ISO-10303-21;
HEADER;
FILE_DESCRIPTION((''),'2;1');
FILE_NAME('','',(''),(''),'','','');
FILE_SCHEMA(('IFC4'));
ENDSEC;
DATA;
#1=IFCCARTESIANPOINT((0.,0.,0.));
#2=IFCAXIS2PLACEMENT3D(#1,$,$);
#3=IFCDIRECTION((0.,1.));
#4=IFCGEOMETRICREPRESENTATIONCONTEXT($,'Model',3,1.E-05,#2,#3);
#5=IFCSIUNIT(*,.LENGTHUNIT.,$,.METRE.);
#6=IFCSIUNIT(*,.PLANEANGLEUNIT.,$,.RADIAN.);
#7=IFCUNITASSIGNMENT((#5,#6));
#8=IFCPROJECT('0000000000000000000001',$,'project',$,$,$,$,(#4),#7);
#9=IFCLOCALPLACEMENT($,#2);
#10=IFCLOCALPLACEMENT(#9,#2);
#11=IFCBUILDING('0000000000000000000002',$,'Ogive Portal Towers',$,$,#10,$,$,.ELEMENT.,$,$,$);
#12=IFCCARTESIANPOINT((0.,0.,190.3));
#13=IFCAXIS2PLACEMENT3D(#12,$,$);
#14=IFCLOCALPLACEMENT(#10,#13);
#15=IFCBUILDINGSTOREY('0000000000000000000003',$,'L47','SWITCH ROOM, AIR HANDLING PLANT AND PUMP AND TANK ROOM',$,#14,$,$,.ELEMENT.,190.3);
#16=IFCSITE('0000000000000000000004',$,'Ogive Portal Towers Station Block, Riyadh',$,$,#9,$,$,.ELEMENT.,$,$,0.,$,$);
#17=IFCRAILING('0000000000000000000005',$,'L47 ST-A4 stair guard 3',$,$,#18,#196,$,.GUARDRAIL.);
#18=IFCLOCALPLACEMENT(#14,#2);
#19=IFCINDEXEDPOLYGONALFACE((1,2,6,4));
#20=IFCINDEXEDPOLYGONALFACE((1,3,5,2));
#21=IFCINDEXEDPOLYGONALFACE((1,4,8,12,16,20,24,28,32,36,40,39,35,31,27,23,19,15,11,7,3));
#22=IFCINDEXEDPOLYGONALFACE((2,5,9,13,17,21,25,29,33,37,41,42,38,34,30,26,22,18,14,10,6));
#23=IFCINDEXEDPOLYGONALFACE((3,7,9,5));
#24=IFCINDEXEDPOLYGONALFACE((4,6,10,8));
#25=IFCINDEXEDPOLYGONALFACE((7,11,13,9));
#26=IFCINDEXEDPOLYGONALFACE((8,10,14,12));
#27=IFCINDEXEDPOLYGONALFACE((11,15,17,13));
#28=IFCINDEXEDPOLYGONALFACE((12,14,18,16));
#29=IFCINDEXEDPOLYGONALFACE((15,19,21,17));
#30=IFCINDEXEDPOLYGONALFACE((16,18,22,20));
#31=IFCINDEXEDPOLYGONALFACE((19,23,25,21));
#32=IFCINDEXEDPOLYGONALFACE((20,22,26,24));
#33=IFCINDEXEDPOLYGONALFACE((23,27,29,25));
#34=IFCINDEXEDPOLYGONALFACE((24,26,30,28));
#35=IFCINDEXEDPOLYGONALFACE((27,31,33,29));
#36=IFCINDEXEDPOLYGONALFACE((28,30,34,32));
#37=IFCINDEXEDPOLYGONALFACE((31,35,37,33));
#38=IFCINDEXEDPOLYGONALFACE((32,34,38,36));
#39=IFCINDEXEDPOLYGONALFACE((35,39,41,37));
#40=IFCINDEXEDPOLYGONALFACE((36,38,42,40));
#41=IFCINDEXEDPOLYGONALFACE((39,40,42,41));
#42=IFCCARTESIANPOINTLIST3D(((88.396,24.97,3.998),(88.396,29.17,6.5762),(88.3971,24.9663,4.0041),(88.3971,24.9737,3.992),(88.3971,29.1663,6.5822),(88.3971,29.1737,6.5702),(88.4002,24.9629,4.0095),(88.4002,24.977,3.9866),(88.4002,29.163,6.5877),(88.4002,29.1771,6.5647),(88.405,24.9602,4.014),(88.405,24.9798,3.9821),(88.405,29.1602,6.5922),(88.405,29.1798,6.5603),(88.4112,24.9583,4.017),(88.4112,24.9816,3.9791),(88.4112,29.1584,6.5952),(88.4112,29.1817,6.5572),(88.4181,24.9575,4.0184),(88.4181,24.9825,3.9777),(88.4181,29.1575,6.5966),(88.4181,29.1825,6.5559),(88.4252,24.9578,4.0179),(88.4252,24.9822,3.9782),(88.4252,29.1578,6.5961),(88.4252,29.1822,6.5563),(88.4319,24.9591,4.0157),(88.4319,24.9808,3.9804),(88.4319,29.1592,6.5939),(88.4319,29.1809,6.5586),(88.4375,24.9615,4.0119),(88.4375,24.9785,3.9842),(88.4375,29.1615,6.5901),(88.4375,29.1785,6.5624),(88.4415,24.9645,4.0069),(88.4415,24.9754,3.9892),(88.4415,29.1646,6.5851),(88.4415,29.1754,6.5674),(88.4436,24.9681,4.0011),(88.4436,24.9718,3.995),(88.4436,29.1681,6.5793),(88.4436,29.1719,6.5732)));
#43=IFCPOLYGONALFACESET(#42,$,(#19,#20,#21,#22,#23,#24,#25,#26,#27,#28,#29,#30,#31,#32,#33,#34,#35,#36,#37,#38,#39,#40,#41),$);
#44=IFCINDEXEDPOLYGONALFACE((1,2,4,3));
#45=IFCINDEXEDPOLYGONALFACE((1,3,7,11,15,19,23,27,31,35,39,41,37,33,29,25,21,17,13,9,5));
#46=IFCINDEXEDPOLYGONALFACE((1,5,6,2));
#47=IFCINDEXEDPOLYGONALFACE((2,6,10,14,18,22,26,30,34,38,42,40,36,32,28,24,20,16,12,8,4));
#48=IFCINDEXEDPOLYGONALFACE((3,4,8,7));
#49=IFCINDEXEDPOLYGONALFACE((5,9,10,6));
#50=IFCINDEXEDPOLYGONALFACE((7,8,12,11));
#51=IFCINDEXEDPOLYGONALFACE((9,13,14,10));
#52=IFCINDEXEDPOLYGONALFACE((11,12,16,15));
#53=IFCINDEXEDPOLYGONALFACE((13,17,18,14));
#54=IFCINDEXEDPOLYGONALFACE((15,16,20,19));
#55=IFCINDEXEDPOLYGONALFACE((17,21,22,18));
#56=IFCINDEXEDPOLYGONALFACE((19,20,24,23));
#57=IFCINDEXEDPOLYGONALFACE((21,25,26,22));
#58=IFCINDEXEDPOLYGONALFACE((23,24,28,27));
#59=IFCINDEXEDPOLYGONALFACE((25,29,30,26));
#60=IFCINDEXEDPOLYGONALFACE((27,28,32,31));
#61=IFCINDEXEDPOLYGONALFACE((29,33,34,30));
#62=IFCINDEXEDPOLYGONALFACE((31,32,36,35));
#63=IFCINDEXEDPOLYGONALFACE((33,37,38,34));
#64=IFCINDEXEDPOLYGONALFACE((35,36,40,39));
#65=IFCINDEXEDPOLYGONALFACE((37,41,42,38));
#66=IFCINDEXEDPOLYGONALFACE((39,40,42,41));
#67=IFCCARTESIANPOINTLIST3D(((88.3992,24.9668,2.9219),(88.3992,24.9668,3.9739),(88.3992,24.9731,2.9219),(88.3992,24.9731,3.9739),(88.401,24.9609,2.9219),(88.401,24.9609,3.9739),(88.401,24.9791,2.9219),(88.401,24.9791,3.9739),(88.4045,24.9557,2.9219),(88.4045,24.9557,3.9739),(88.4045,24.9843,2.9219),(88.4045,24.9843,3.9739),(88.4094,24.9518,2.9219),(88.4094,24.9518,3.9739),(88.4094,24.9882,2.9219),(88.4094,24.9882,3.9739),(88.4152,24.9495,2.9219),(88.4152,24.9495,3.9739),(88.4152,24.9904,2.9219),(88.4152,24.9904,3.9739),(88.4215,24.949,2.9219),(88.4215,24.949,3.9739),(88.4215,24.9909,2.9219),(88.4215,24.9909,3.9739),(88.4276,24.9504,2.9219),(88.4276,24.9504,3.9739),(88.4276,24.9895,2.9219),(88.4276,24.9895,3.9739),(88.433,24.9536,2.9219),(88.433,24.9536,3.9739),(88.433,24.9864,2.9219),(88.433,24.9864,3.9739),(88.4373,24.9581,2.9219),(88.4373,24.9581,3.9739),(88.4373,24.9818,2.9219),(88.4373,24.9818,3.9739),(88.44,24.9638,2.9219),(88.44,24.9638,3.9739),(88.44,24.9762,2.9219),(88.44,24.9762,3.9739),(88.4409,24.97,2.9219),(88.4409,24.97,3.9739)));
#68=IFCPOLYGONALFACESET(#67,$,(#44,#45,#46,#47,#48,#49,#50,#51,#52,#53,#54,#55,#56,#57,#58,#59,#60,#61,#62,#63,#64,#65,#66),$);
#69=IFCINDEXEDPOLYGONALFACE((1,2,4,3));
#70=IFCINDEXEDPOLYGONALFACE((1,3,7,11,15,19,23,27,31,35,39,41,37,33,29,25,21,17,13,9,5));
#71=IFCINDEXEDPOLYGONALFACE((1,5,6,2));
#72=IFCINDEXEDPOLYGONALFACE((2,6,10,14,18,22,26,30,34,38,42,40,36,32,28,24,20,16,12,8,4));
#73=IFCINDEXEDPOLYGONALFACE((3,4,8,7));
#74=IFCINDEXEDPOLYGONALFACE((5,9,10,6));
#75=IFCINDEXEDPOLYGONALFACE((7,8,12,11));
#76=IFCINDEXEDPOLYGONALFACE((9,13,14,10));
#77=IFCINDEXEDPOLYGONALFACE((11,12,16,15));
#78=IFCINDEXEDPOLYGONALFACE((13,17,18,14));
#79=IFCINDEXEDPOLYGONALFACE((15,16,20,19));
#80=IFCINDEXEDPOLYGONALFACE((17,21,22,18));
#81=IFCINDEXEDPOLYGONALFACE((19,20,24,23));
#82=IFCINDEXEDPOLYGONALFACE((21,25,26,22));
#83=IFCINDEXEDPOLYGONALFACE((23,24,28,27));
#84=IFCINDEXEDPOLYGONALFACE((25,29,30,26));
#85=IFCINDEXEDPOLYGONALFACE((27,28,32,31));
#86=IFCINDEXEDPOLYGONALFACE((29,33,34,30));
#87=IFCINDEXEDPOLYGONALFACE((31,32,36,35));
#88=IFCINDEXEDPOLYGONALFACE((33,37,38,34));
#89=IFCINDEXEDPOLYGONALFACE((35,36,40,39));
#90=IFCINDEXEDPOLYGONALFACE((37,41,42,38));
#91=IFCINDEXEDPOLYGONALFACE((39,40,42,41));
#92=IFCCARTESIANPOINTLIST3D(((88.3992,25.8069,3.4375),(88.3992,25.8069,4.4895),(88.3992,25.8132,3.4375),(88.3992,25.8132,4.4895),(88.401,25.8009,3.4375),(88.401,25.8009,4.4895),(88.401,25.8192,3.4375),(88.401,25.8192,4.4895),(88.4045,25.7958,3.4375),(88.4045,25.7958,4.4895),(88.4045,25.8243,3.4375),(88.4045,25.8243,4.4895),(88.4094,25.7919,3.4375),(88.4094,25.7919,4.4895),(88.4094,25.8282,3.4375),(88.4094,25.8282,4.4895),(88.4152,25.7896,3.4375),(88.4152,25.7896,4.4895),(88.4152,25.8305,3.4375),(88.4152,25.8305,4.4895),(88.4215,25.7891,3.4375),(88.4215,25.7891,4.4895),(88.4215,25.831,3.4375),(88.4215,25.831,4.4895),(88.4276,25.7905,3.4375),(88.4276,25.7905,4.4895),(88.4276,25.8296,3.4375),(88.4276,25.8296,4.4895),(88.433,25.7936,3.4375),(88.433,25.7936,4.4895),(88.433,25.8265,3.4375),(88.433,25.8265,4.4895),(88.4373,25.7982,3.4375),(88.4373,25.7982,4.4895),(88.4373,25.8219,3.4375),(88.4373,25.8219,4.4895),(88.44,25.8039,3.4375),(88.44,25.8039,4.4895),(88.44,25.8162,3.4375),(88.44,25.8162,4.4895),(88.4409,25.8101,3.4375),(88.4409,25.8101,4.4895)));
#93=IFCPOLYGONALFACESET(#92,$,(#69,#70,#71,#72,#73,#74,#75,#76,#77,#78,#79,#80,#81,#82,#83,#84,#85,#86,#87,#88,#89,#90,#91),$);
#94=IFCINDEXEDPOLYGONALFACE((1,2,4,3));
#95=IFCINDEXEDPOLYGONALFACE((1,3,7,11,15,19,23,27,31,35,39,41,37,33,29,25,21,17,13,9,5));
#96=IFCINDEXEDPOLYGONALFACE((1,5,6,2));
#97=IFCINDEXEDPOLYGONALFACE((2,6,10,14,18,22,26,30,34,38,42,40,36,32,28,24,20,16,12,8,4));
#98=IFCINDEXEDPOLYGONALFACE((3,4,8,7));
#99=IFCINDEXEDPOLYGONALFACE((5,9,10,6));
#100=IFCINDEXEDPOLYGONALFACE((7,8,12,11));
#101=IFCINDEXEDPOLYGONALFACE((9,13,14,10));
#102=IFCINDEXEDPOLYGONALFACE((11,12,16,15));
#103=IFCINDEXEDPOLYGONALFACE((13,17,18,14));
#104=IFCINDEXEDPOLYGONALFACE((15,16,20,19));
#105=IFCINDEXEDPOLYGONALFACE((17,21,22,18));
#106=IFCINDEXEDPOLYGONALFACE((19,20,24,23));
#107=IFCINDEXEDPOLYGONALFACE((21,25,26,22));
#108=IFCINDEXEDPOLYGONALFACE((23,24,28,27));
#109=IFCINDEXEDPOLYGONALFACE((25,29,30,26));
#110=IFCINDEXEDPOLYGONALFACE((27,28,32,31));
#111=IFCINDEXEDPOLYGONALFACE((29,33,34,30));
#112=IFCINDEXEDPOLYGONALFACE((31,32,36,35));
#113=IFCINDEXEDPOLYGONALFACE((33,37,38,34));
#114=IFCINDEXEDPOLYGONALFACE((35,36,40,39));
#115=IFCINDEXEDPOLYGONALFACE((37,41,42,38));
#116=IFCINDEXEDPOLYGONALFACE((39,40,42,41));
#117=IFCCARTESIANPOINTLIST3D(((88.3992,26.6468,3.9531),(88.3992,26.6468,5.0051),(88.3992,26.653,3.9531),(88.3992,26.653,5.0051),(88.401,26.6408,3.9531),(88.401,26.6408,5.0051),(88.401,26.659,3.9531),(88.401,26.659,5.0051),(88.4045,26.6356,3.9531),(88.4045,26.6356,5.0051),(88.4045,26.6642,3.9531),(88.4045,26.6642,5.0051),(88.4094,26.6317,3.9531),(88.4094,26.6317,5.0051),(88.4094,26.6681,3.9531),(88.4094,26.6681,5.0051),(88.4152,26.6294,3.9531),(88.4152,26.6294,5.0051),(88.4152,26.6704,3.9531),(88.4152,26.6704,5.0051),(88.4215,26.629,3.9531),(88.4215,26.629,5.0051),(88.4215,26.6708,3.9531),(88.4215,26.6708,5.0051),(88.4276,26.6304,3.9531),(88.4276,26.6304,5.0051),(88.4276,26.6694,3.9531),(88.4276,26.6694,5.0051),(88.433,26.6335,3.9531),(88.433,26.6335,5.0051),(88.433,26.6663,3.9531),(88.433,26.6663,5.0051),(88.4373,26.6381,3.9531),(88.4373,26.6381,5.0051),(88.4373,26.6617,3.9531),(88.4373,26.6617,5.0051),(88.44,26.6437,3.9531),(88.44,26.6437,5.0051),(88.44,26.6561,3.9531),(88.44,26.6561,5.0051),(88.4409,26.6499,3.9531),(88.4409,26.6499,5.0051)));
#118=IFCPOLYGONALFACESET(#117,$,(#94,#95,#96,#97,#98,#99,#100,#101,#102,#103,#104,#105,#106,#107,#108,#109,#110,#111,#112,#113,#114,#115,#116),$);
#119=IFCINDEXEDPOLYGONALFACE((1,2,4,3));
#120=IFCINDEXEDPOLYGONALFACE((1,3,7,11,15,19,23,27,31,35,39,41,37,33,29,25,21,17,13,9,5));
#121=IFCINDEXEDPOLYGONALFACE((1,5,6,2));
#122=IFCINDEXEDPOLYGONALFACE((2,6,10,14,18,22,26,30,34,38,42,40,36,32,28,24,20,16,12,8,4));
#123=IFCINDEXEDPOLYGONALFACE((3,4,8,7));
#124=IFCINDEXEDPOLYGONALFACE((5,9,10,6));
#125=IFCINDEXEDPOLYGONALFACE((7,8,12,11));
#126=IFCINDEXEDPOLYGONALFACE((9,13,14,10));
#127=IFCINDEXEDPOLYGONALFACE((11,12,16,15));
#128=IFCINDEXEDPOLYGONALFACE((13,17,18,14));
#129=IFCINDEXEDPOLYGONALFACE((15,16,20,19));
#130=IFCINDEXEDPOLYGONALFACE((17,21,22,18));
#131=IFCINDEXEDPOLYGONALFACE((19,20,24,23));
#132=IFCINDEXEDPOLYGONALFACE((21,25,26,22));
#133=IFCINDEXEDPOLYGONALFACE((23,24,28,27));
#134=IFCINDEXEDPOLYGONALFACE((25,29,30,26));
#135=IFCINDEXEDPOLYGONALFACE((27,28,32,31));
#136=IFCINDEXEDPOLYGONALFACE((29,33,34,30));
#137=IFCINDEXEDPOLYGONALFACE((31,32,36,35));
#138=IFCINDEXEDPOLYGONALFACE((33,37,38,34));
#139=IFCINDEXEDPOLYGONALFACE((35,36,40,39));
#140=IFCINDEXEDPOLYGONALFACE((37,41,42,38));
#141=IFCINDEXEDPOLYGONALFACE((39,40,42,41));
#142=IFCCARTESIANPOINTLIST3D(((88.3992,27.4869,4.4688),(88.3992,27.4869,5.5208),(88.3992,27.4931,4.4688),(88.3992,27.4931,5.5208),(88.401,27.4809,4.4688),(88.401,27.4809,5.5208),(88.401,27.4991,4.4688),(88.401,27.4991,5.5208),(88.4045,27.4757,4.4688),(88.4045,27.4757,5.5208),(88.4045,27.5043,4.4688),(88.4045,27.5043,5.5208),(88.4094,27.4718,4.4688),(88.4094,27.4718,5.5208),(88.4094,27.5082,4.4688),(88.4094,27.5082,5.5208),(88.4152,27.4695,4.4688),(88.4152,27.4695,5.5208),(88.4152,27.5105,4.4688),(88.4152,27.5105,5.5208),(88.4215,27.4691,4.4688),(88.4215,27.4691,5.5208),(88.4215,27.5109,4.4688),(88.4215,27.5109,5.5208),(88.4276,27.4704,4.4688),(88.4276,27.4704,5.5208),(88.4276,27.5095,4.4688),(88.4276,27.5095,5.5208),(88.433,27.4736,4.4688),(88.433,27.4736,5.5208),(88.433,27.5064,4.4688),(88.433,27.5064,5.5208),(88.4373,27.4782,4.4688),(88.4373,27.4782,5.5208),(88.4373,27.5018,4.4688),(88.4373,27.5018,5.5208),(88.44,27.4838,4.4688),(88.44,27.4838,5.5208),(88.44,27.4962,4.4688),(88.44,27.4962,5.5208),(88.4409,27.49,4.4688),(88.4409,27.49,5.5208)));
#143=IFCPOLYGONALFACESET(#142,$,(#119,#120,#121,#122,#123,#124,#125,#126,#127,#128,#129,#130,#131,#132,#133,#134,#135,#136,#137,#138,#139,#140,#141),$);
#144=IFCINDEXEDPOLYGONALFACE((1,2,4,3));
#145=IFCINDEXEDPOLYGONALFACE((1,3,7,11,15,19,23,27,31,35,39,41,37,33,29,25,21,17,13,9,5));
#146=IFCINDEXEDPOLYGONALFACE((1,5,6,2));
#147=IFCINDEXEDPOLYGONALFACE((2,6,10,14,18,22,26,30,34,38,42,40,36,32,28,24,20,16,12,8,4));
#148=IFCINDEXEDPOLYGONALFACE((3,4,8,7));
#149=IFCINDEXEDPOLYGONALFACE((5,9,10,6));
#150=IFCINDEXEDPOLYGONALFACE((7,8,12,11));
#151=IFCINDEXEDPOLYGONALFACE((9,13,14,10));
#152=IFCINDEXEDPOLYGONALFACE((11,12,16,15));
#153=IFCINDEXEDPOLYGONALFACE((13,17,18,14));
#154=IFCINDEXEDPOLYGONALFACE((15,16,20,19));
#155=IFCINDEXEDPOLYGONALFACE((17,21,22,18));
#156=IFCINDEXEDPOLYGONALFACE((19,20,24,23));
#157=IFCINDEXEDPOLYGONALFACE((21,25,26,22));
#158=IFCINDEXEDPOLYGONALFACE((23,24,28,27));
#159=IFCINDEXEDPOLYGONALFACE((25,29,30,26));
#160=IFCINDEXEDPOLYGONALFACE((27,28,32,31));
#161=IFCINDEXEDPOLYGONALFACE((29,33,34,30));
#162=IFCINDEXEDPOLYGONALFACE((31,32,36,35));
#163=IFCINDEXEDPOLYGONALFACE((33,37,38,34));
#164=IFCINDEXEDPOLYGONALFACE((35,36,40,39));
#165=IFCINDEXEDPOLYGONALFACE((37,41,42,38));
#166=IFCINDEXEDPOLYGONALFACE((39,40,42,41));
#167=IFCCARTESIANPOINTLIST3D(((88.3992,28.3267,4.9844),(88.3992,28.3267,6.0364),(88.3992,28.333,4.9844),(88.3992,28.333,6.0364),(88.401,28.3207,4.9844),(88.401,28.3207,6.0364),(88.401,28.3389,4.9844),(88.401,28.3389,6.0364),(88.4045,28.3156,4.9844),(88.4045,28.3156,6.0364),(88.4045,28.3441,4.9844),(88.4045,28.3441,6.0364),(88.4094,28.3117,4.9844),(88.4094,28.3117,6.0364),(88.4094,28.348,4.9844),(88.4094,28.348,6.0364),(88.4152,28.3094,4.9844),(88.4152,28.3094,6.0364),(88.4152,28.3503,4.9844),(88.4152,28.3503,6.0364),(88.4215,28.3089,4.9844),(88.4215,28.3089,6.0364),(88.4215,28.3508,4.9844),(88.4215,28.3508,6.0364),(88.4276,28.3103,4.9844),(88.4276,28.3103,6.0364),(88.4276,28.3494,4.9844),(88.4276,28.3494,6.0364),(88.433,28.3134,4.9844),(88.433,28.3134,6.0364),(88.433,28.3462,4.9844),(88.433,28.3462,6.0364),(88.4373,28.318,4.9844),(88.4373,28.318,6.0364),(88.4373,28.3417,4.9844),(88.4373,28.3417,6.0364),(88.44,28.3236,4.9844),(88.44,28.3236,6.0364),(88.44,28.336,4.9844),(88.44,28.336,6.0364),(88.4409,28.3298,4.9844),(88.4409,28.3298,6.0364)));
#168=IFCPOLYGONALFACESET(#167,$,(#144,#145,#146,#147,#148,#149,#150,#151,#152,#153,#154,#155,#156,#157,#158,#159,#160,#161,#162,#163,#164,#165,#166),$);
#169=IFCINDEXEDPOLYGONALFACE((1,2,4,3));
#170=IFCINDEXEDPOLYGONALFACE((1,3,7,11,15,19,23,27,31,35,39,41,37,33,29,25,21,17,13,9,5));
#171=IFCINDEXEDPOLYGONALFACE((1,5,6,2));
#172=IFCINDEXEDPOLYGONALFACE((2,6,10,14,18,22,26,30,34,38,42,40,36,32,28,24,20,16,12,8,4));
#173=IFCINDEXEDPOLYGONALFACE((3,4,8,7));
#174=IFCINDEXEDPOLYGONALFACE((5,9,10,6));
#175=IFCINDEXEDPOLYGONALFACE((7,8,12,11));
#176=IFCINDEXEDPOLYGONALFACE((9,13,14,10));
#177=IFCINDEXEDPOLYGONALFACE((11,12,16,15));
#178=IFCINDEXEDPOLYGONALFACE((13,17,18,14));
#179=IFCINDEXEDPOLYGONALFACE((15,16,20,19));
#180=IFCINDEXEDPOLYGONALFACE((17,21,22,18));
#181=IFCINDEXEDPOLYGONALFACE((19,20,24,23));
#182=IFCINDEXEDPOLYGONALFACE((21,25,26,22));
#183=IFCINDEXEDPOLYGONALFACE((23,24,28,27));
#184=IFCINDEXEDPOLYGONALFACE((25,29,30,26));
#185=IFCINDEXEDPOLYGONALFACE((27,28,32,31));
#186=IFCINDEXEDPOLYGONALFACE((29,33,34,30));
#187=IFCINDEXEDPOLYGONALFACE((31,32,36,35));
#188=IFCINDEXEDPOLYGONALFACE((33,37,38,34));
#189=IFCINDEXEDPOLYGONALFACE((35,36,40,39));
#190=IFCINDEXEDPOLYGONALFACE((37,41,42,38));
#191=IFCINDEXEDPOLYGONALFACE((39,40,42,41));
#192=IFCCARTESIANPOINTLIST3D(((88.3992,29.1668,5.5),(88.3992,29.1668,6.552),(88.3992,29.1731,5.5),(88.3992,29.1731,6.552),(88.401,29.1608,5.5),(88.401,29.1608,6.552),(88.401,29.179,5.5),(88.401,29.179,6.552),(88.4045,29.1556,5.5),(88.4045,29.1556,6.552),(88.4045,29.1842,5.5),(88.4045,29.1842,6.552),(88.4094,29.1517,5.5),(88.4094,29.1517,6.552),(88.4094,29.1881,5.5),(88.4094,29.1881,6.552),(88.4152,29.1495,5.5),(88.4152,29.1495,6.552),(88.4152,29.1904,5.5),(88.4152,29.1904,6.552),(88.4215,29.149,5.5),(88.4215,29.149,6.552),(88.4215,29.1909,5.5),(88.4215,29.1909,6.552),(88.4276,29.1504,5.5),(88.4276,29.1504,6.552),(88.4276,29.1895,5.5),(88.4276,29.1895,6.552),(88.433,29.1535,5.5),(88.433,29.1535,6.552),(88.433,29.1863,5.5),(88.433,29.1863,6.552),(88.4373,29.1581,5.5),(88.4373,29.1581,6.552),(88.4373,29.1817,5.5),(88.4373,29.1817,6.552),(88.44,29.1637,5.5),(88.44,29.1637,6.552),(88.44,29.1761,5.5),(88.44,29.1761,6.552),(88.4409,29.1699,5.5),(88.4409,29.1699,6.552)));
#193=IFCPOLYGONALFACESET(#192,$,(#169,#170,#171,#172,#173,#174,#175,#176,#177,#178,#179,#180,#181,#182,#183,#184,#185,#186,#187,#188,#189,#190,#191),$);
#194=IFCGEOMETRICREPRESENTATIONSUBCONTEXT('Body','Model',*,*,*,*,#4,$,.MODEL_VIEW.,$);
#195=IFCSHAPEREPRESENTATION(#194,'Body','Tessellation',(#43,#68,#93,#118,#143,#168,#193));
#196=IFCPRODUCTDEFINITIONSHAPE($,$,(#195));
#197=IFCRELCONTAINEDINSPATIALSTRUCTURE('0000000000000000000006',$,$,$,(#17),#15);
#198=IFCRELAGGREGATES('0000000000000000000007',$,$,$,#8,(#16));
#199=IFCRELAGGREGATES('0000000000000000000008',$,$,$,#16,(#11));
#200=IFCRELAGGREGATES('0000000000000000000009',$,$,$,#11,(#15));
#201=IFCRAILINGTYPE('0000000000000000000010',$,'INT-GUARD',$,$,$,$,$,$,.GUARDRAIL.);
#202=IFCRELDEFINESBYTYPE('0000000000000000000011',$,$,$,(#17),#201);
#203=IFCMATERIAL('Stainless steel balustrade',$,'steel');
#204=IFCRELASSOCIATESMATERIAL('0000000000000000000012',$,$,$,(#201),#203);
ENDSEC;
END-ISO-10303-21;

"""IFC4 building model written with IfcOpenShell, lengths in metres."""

from ifc_helpers import new_model, si_unit, direction, frame, origin, origin_2d, place, context, subcontext, project, spatial, circle, extrude, material, type_object, element, save


model = new_model("IFC4")

# Units and contexts
model_context = context("Model", 3, precision=1e-05, world=origin(), true_north=direction((0.0, 1.0)))
body_context = subcontext(model_context, "Body", "Model", "MODEL_VIEW")
ifc_project = project(units=[si_unit("LENGTHUNIT", "METRE"), si_unit("PLANEANGLEUNIT", "RADIAN")], contexts=[model_context])

# Site, building, storey
site_placement = place(None, origin())
site = spatial("IfcSite", under=ifc_project, at=site_placement, Name="Ogive Portal Towers Station Block, Riyadh", CompositionType="ELEMENT", RefElevation=0.0)
building_placement = place(site_placement, origin())
building = spatial("IfcBuilding", under=site, at=building_placement, Name="Ogive Portal Towers", CompositionType="ELEMENT")
storey_placement = place(building_placement, frame((0.0, 0.0, 190.3)))
storey = spatial("IfcBuildingStorey", under=building, at=storey_placement, Name="L47", Description="SWITCH ROOM, AIR HANDLING PLANT AND PUMP AND TANK ROOM", CompositionType="ELEMENT", Elevation=190.3)

# Railing
ifc_material_1 = material(Name="Stainless steel balustrade", Category="steel")
railing_type_1 = type_object("IfcRailingType", Name="INT-GUARD", PredefinedType="GUARDRAIL", material=ifc_material_1)
railing_1_placement = place(storey_placement, frame((88.4199, 24.97, 2.9219)))
element("IfcRailing", 1, at=railing_1_placement, inside=storey, type_object=railing_type_1, Name="L47 ST-A4 stair guard 3", PredefinedType="GUARDRAIL", context=body_context, shape_type="SweptSolid", body=[
    extrude(circle(Radius=0.0239, at=origin_2d()), frame((0.0, 0.0, 1.0762), z_axis=(0.0, 0.852243, 0.523146), x_axis=(-1.0, 0.0, 0.0)), (0.0, 0.0, 1.0), 4.9282),
    extrude(circle(Radius=0.021, at=origin_2d()), origin(), (0.0, 0.0, 1.0), 1.052),
    extrude(circle(Radius=0.021, at=origin_2d()), frame((0.0, 0.8401, 0.5156)), (0.0, 0.0, 1.0), 1.052),
    extrude(circle(Radius=0.021, at=origin_2d()), frame((0.0, 1.6799, 1.0312)), (0.0, 0.0, 1.0), 1.052),
    extrude(circle(Radius=0.021, at=origin_2d()), frame((0.0, 2.52, 1.5469)), (0.0, 0.0, 1.0), 1.052),
    extrude(circle(Radius=0.021, at=origin_2d()), frame((0.0, 3.3599, 2.0625)), (0.0, 0.0, 1.0), 1.052),
    extrude(circle(Radius=0.021, at=origin_2d()), frame((0.0, 4.2, 2.5781)), (0.0, 0.0, 1.0), 1.052),
])

save(model, "model.ifc")
